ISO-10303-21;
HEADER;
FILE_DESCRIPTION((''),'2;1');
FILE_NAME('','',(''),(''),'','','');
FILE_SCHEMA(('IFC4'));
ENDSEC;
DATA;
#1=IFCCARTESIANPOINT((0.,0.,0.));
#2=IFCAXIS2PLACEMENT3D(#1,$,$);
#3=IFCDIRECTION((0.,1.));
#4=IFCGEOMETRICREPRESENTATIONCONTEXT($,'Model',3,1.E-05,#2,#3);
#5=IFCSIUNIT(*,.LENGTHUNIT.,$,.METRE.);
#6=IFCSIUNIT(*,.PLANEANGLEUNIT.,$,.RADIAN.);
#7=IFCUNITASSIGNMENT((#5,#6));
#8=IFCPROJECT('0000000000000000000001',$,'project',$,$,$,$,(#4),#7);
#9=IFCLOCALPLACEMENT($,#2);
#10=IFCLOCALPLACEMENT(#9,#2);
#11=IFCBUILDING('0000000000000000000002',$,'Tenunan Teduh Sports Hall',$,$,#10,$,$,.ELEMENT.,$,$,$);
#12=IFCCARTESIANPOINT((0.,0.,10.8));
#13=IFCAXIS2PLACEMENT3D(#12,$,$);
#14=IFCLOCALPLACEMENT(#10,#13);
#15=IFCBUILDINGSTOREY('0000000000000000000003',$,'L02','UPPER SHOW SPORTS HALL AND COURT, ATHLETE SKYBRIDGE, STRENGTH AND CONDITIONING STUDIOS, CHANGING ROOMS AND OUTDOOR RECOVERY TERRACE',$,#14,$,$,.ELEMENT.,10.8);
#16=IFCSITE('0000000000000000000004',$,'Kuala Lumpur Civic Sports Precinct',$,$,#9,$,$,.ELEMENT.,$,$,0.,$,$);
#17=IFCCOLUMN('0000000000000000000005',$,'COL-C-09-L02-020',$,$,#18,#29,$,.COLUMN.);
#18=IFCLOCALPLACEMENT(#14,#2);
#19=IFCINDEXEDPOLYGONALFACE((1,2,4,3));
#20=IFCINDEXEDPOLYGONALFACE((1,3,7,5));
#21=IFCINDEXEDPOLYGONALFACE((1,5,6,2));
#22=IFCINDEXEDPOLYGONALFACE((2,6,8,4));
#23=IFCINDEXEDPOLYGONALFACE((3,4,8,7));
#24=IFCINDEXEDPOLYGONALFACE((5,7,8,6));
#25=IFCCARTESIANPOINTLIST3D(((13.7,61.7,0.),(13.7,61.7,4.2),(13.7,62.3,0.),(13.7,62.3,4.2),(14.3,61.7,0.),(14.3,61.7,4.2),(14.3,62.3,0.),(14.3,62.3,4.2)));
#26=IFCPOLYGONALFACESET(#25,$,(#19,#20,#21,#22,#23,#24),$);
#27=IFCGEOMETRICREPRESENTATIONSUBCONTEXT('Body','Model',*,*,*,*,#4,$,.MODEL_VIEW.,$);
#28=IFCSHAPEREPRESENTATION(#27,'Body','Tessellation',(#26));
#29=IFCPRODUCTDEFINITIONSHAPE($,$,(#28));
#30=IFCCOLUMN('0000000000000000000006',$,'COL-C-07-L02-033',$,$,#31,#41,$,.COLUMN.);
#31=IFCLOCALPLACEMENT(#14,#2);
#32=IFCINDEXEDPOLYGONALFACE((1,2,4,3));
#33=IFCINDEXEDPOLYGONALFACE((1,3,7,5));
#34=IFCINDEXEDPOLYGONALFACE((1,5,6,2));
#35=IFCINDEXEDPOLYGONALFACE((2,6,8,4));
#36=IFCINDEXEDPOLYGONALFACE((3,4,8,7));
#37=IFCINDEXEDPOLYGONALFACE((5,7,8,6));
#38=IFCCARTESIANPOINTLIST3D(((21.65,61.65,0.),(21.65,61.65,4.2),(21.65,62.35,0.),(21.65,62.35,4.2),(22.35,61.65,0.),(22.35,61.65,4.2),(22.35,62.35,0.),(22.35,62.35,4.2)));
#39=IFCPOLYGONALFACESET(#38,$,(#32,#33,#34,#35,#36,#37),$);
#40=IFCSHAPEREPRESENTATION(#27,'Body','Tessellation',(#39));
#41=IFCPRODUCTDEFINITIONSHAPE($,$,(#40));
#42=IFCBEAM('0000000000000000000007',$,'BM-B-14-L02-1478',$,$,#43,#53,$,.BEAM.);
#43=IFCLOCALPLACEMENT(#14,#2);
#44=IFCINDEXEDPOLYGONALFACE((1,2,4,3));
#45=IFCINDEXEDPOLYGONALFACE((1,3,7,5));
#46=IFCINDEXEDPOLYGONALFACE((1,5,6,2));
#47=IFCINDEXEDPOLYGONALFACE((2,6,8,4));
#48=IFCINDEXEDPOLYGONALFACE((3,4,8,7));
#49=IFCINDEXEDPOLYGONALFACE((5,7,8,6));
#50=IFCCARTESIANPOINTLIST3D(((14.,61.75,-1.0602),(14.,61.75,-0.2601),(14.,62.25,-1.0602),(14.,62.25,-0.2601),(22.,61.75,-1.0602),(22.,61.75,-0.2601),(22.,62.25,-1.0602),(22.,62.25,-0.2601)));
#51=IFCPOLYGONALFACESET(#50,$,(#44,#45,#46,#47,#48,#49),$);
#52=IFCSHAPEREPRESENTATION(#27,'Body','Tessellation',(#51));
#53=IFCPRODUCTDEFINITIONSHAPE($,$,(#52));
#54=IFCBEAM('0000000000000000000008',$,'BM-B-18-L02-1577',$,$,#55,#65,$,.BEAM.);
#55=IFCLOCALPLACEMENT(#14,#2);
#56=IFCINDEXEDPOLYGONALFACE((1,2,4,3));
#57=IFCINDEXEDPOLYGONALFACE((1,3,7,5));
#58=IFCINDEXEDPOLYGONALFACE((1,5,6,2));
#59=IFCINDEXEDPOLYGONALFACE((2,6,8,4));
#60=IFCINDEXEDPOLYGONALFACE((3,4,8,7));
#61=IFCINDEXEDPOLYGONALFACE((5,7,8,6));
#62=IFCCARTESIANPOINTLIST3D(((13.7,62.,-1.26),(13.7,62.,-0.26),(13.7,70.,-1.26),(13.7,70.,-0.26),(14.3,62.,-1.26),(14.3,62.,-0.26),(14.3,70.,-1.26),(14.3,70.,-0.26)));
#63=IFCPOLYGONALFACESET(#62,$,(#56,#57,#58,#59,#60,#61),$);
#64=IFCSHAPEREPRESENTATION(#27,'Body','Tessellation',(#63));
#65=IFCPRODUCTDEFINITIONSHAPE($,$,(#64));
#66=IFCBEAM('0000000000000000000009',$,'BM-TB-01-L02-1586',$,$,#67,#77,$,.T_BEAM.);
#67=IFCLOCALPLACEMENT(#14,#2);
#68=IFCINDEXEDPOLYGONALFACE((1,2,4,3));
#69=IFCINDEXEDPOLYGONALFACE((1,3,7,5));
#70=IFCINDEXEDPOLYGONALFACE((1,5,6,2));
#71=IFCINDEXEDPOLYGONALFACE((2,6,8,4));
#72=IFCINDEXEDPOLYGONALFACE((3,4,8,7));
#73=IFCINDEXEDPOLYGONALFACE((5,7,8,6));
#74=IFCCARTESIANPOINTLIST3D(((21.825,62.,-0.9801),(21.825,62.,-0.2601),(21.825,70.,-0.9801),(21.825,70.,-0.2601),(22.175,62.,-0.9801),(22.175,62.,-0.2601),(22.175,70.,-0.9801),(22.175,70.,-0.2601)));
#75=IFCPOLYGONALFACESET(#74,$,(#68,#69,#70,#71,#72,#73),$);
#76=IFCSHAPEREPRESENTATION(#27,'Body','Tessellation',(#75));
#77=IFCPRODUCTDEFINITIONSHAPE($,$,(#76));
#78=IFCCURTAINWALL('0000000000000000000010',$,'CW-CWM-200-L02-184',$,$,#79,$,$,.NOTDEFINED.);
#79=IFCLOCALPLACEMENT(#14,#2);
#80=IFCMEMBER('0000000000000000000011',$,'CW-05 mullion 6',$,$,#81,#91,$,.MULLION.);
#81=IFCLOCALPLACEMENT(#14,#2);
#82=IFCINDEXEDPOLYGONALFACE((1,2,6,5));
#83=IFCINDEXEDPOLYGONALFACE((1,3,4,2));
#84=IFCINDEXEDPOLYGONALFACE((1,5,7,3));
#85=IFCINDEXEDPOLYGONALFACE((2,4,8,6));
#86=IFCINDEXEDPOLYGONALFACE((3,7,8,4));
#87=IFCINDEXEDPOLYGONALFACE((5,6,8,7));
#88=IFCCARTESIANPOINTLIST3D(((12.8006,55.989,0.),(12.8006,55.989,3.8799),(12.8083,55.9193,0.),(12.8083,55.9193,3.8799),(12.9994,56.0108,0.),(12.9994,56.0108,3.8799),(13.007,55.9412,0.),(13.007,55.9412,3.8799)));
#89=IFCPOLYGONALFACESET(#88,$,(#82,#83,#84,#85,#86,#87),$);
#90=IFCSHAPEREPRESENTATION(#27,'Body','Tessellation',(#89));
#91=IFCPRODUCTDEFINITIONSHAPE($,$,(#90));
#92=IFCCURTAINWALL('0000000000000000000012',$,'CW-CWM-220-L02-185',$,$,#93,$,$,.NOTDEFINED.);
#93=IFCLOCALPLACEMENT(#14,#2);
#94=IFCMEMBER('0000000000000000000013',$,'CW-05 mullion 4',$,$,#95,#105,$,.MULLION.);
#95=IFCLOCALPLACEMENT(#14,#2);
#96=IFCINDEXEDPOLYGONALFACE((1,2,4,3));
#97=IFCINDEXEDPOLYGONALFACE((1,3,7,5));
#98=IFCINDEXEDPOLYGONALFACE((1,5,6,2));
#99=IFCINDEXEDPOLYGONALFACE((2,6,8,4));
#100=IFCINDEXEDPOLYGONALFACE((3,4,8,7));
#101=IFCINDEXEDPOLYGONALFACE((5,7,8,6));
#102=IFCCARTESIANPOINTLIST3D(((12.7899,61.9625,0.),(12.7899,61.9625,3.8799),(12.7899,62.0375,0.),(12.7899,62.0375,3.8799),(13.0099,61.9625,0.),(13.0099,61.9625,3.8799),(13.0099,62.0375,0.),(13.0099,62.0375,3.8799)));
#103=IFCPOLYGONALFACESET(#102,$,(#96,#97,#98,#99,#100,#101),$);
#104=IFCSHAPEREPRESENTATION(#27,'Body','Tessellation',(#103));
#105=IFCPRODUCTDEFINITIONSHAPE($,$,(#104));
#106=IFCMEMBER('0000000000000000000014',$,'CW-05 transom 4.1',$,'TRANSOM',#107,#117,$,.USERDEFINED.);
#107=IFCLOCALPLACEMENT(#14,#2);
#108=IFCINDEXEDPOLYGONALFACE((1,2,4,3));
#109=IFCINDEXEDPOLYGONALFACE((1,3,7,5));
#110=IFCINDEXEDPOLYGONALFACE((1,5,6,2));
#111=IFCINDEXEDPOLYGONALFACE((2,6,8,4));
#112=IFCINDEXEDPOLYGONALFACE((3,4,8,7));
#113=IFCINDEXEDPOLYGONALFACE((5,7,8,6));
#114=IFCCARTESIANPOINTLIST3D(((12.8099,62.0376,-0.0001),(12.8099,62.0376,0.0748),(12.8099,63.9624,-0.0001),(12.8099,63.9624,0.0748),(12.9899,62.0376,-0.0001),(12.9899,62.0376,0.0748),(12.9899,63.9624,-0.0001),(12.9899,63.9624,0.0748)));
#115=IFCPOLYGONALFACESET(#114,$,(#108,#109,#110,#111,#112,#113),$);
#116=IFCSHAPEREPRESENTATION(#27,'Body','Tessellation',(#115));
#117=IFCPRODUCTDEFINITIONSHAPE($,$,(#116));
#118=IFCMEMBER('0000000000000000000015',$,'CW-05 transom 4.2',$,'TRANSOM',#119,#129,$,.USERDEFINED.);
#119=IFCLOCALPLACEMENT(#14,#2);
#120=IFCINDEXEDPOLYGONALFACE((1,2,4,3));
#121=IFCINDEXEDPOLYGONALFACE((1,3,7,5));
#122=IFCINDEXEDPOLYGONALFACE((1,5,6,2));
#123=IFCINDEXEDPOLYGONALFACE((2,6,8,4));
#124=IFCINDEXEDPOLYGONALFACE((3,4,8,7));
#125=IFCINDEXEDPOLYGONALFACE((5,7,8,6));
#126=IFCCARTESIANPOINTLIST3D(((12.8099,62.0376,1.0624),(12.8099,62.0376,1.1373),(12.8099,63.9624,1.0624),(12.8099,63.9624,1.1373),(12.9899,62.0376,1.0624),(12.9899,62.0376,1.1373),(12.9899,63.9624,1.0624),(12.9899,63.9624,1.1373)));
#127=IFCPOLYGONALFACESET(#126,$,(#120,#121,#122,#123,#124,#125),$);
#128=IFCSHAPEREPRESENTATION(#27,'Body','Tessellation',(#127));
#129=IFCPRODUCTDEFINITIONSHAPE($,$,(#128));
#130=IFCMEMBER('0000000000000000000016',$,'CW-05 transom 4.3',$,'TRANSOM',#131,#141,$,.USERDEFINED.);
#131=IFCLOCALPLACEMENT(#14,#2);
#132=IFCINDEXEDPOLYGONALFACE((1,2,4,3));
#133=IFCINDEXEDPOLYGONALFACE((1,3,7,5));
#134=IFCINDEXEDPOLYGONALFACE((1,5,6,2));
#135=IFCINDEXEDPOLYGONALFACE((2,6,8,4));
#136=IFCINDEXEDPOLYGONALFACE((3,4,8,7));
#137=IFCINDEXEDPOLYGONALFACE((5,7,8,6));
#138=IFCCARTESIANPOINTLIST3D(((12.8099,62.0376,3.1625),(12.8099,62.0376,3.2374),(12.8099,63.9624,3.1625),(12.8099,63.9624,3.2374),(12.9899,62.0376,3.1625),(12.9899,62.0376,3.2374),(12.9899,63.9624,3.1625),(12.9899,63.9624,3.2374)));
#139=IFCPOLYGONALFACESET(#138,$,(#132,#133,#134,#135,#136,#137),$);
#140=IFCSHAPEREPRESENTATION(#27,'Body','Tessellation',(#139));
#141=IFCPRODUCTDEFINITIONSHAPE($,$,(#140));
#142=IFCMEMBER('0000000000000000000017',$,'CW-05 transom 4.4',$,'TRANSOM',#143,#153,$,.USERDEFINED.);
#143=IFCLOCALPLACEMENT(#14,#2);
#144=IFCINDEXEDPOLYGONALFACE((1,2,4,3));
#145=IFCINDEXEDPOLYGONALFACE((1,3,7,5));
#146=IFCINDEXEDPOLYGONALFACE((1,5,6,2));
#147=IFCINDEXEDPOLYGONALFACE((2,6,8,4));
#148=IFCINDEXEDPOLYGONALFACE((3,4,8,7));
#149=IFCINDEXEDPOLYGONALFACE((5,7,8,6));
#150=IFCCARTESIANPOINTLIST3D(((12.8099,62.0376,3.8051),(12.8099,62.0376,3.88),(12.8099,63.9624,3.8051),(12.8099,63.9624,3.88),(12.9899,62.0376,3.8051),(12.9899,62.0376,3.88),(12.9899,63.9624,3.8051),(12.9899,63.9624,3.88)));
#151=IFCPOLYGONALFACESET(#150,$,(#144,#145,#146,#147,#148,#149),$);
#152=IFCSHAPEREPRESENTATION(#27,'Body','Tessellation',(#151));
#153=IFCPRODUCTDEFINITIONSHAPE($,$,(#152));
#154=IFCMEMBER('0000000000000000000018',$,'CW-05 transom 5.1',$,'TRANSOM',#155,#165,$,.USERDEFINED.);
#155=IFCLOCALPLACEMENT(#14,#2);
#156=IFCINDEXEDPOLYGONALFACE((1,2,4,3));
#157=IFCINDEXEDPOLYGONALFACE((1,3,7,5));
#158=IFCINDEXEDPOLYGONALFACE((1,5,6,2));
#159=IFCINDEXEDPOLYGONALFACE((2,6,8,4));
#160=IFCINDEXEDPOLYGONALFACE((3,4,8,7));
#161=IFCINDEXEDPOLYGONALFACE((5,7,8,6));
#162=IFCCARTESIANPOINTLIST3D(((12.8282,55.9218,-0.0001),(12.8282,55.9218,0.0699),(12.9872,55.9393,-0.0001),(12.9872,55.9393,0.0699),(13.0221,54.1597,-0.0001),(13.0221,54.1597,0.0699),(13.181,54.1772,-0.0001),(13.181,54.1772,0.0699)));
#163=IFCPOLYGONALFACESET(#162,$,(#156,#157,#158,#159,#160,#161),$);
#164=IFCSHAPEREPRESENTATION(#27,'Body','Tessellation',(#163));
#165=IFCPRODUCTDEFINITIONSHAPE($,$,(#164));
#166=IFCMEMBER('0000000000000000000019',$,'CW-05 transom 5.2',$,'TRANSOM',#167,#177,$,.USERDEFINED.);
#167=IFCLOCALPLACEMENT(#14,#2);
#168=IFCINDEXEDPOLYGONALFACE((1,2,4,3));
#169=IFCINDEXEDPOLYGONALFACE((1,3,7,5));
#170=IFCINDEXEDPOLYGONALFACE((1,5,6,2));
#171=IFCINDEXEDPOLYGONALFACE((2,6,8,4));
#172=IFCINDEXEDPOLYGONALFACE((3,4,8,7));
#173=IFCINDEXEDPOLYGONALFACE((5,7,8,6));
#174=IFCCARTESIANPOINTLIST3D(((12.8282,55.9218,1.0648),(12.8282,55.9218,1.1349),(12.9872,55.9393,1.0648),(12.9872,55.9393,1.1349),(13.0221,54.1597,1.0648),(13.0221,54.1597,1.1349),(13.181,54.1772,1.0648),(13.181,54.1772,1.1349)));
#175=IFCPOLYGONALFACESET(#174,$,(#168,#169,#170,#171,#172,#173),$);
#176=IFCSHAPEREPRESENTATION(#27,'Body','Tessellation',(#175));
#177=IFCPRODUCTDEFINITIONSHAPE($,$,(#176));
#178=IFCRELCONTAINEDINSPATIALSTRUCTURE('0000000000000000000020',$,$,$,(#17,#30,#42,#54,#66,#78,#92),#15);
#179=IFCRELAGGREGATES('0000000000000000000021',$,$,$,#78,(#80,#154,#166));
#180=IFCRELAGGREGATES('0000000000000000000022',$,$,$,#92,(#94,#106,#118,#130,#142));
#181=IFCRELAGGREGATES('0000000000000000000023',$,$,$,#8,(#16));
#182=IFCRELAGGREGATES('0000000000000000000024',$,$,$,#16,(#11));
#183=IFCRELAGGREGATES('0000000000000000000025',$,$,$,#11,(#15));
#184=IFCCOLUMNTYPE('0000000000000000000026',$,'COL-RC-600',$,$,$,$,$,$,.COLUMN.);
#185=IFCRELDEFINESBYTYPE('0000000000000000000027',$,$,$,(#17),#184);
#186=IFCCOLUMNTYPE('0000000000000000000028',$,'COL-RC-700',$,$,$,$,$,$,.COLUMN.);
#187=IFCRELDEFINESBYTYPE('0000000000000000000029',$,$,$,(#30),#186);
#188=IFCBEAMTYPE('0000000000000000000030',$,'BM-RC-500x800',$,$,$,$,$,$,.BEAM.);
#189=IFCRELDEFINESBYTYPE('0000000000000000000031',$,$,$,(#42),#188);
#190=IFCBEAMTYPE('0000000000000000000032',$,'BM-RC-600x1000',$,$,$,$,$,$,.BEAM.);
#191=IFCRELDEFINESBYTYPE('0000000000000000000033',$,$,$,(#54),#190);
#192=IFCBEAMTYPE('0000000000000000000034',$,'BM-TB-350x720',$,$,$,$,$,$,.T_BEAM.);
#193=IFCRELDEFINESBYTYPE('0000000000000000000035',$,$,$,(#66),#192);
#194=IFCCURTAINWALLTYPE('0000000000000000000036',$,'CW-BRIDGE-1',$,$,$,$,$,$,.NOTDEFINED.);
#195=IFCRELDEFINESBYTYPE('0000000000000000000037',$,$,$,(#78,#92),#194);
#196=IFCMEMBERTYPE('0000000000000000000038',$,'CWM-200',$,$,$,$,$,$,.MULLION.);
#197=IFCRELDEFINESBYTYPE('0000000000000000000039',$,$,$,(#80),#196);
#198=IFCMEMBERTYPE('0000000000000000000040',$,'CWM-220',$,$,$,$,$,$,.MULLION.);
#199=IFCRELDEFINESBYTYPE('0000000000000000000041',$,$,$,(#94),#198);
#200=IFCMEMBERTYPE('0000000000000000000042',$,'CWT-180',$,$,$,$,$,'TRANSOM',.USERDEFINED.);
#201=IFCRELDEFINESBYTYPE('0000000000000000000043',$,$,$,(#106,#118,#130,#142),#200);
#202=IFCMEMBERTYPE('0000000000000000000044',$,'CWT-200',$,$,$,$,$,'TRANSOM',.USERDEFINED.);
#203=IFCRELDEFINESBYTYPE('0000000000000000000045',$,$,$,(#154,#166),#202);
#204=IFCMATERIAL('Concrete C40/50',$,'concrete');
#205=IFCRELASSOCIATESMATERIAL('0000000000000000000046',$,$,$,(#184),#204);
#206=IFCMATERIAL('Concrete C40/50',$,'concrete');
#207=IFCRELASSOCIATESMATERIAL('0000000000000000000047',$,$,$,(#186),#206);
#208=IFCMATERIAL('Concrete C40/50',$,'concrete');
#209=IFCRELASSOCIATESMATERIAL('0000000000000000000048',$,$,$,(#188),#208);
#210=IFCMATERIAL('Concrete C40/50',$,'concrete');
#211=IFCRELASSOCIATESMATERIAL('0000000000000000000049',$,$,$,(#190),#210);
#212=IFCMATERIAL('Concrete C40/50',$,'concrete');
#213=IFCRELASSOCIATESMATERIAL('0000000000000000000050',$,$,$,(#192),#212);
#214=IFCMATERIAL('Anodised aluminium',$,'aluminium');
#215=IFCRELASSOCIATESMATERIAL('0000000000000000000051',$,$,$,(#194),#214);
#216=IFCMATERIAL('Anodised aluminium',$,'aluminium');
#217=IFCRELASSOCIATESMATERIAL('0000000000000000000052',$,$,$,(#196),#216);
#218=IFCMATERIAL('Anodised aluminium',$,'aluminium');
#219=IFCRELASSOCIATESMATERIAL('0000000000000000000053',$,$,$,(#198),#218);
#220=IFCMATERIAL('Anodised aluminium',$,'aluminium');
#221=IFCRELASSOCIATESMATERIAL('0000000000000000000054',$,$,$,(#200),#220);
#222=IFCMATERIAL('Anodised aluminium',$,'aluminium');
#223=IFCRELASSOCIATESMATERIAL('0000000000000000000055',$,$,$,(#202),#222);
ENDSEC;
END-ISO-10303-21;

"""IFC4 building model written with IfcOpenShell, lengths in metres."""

from ifc_helpers import new_model, si_unit, direction, frame, origin, origin_2d, place, context, subcontext, project, spatial, rectangle, extrude, material, material_profile, profile_set, type_object, element, aggregate, save


model = new_model("IFC4")

# Units and contexts
model_context = context("Model", 3, precision=1e-05, world=origin(), true_north=direction((0.0, 1.0)))
body_context = subcontext(model_context, "Body", "Model", "MODEL_VIEW")
ifc_project = project(units=[si_unit("LENGTHUNIT", "METRE"), si_unit("PLANEANGLEUNIT", "RADIAN")], contexts=[model_context])

# Site, building, storey
site_placement = place(None, origin())
site = spatial("IfcSite", under=ifc_project, at=site_placement, Name="Kuala Lumpur Civic Sports Precinct", CompositionType="ELEMENT", RefElevation=0.0)
building_placement = place(site_placement, origin())
building = spatial("IfcBuilding", under=site, at=building_placement, Name="Tenunan Teduh Sports Hall", CompositionType="ELEMENT")
storey_placement = place(building_placement, frame((0.0, 0.0, 10.8)))
storey = spatial("IfcBuildingStorey", under=building, at=storey_placement, Name="L02", Description="UPPER SHOW SPORTS HALL AND COURT, ATHLETE SKYBRIDGE, STRENGTH AND CONDITIONING STUDIOS, CHANGING ROOMS AND OUTDOOR RECOVERY TERRACE", CompositionType="ELEMENT", Elevation=10.8)

# Columns
ifc_material_1 = material(Name="Concrete C40/50", Category="concrete")
ifc_material_profile_1 = material_profile(ifc_material_1, rectangle(XDim=0.6001, YDim=0.6001, at=origin_2d()), Name="RC 600x600")
ifc_profile_set_1 = profile_set([ifc_material_profile_1], Name="Concrete C40/50")
column_type_1 = type_object("IfcColumnType", Name="COL-RC-600", PredefinedType="COLUMN", material=ifc_profile_set_1)
column_1_placement = place(storey_placement, frame((14.0, 62.0, 0.0), z_axis=(0.0, 0.0, 1.0), x_axis=(1.0, 0.0, 0.0)))
element("IfcColumn", 1, at=column_1_placement, inside=storey, type_object=column_type_1, Name="COL-C-09-L02-020", PredefinedType="COLUMN", context=body_context, shape_type="SweptSolid", body=[
    extrude(rectangle(XDim=0.6001, YDim=0.6001, at=origin_2d()), origin(), (0.0, 0.0, 1.0), 4.2),
])
ifc_material_2 = material(Name="Concrete C40/50", Category="concrete")
ifc_material_profile_2 = material_profile(ifc_material_2, rectangle(XDim=0.7, YDim=0.7, at=origin_2d()), Name="RC 700x700")
ifc_profile_set_2 = profile_set([ifc_material_profile_2], Name="Concrete C40/50")
column_type_2 = type_object("IfcColumnType", Name="COL-RC-700", PredefinedType="COLUMN", material=ifc_profile_set_2)
column_2_placement = place(storey_placement, frame((22.0, 62.0, 0.0), z_axis=(0.0, 0.0, 1.0), x_axis=(1.0, 0.0, 0.0)))
element("IfcColumn", 2, at=column_2_placement, inside=storey, type_object=column_type_2, Name="COL-C-07-L02-033", PredefinedType="COLUMN", context=body_context, shape_type="SweptSolid", body=[
    extrude(rectangle(XDim=0.7, YDim=0.7, at=origin_2d()), origin(), (0.0, 0.0, 1.0), 4.2),
])

# Beams
ifc_material_3 = material(Name="Concrete C40/50", Category="concrete")
ifc_material_profile_3 = material_profile(ifc_material_3, rectangle(XDim=0.5, YDim=0.8, at=origin_2d()), Name="RCB 500x800")
ifc_profile_set_3 = profile_set([ifc_material_profile_3], Name="Concrete C40/50")
beam_type_1 = type_object("IfcBeamType", Name="BM-RC-500x800", PredefinedType="BEAM", material=ifc_profile_set_3)
beam_1_placement = place(storey_placement, frame((14.0, 62.0, -0.6602), z_axis=(1.0, 0.0, 0.0), x_axis=(0.0, 1.0, 0.0)))
element("IfcBeam", 3, at=beam_1_placement, inside=storey, type_object=beam_type_1, Name="BM-B-14-L02-1478", PredefinedType="BEAM", context=body_context, shape_type="SweptSolid", body=[
    extrude(rectangle(XDim=0.5, YDim=0.8, at=origin_2d()), origin(), (0.0, 0.0, 1.0), 8.0),
])
ifc_material_4 = material(Name="Concrete C40/50", Category="concrete")
ifc_material_profile_4 = material_profile(ifc_material_4, rectangle(XDim=0.6001, YDim=1.0, at=origin_2d()), Name="RCB 600x1000")
ifc_profile_set_4 = profile_set([ifc_material_profile_4], Name="Concrete C40/50")
beam_type_2 = type_object("IfcBeamType", Name="BM-RC-600x1000", PredefinedType="BEAM", material=ifc_profile_set_4)
beam_2_placement = place(storey_placement, frame((14.0, 62.0, -0.76), z_axis=(0.0, 1.0, 0.0), x_axis=(-1.0, 0.0, 0.0)))
element("IfcBeam", 4, at=beam_2_placement, inside=storey, type_object=beam_type_2, Name="BM-B-18-L02-1577", PredefinedType="BEAM", context=body_context, shape_type="SweptSolid", body=[
    extrude(rectangle(XDim=0.6001, YDim=1.0, at=origin_2d()), origin(), (0.0, 0.0, 1.0), 8.0),
])
ifc_material_5 = material(Name="Concrete C40/50", Category="concrete")
ifc_material_profile_5 = material_profile(ifc_material_5, rectangle(XDim=0.3501, YDim=0.72, at=origin_2d()), Name="TB 350x720")
ifc_profile_set_5 = profile_set([ifc_material_profile_5], Name="Concrete C40/50")
beam_type_3 = type_object("IfcBeamType", Name="BM-TB-350x720", PredefinedType="T_BEAM", material=ifc_profile_set_5)
beam_3_placement = place(storey_placement, frame((22.0, 62.0, -0.6201), z_axis=(0.0, 1.0, 0.0), x_axis=(-1.0, 0.0, 0.0)))
element("IfcBeam", 5, at=beam_3_placement, inside=storey, type_object=beam_type_3, Name="BM-TB-01-L02-1586", PredefinedType="T_BEAM", context=body_context, shape_type="SweptSolid", body=[
    extrude(rectangle(XDim=0.3501, YDim=0.72, at=origin_2d()), origin(), (0.0, 0.0, 1.0), 8.0),
])

# Curtain wall, member
ifc_material_6 = material(Name="Anodised aluminium", Category="aluminium")
curtain_wall_type = type_object("IfcCurtainWallType", Name="CW-BRIDGE-1", PredefinedType="NOTDEFINED", material=ifc_material_6)
curtain_wall_1_placement = place(storey_placement, origin())
curtain_wall_1 = element("IfcCurtainWall", 6, at=curtain_wall_1_placement, inside=storey, type_object=curtain_wall_type, Name="CW-CWM-200-L02-184", PredefinedType="NOTDEFINED")
ifc_material_7 = material(Name="Anodised aluminium", Category="aluminium")
ifc_material_profile_6 = material_profile(ifc_material_7, rectangle(XDim=0.0701, YDim=0.2, at=origin_2d()), Name="CWM 70x200")
ifc_profile_set_6 = profile_set([ifc_material_profile_6], Name="Anodised aluminium")
member_type_1 = type_object("IfcMemberType", Name="CWM-200", PredefinedType="MULLION", material=ifc_profile_set_6)
member_1_placement = place(storey_placement, frame((12.9038, 55.9651, 0.0), z_axis=(0.0, 0.0, 1.0), x_axis=(-0.109339, 0.994005, 0.0)))
member_1 = element("IfcMember", 7, at=member_1_placement, type_object=member_type_1, Name="CW-05 mullion 6", PredefinedType="MULLION", context=body_context, shape_type="SweptSolid", body=[
    extrude(rectangle(XDim=0.0701, YDim=0.2, at=origin_2d()), origin(), (0.0, 0.0, 1.0), 3.8799),
])

# Curtain wall, members
curtain_wall_2_placement = place(storey_placement, origin())
curtain_wall_2 = element("IfcCurtainWall", 8, at=curtain_wall_2_placement, inside=storey, type_object=curtain_wall_type, Name="CW-CWM-220-L02-185", PredefinedType="NOTDEFINED")
ifc_material_8 = material(Name="Anodised aluminium", Category="aluminium")
ifc_material_profile_7 = material_profile(ifc_material_8, rectangle(XDim=0.075, YDim=0.22, at=origin_2d()), Name="CWM 75x220")
ifc_profile_set_7 = profile_set([ifc_material_profile_7], Name="Anodised aluminium")
member_type_2 = type_object("IfcMemberType", Name="CWM-220", PredefinedType="MULLION", material=ifc_profile_set_7)
member_2_placement = place(storey_placement, frame((12.8999, 62.0, 0.0), z_axis=(0.0, 0.0, 1.0), x_axis=(0.0, 1.0, 0.0)))
member_2 = element("IfcMember", 9, at=member_2_placement, type_object=member_type_2, Name="CW-05 mullion 4", PredefinedType="MULLION", context=body_context, shape_type="SweptSolid", body=[
    extrude(rectangle(XDim=0.075, YDim=0.22, at=origin_2d()), origin(), (0.0, 0.0, 1.0), 3.8799),
])
ifc_material_9 = material(Name="Anodised aluminium", Category="aluminium")
ifc_material_profile_8 = material_profile(ifc_material_9, rectangle(XDim=0.075, YDim=0.1799, at=origin_2d()), Name="CWT 75x180")
ifc_profile_set_8 = profile_set([ifc_material_profile_8], Name="Anodised aluminium")
member_type_3 = type_object("IfcMemberType", Name="CWT-180", ElementType="TRANSOM", PredefinedType="USERDEFINED", material=ifc_profile_set_8)
member_3_placement = place(storey_placement, frame((12.8999, 62.0376, 0.0374), z_axis=(0.0, 1.0, 0.0), x_axis=(0.0, 0.0, 1.0)))
member_3 = element("IfcMember", 10, at=member_3_placement, type_object=member_type_3, Name="CW-05 transom 4.1", ObjectType="TRANSOM", PredefinedType="USERDEFINED", context=body_context, shape_type="SweptSolid", body=[
    extrude(rectangle(XDim=0.075, YDim=0.1799, at=origin_2d()), origin(), (0.0, 0.0, 1.0), 1.9248),
])
member_4_placement = place(storey_placement, frame((12.8999, 62.0376, 1.0999), z_axis=(0.0, 1.0, 0.0), x_axis=(0.0, 0.0, 1.0)))
member_4 = element("IfcMember", 11, at=member_4_placement, type_object=member_type_3, Name="CW-05 transom 4.2", ObjectType="TRANSOM", PredefinedType="USERDEFINED", context=body_context, shape_type="SweptSolid", body=[
    extrude(rectangle(XDim=0.075, YDim=0.1799, at=origin_2d()), origin(), (0.0, 0.0, 1.0), 1.9248),
])
member_5_placement = place(storey_placement, frame((12.8999, 62.0376, 3.2), z_axis=(0.0, 1.0, 0.0), x_axis=(0.0, 0.0, 1.0)))
member_5 = element("IfcMember", 12, at=member_5_placement, type_object=member_type_3, Name="CW-05 transom 4.3", ObjectType="TRANSOM", PredefinedType="USERDEFINED", context=body_context, shape_type="SweptSolid", body=[
    extrude(rectangle(XDim=0.075, YDim=0.1799, at=origin_2d()), origin(), (0.0, 0.0, 1.0), 1.9248),
])
member_6_placement = place(storey_placement, frame((12.8999, 62.0376, 3.8425), z_axis=(0.0, 1.0, 0.0), x_axis=(0.0, 0.0, 1.0)))
member_6 = element("IfcMember", 13, at=member_6_placement, type_object=member_type_3, Name="CW-05 transom 4.4", ObjectType="TRANSOM", PredefinedType="USERDEFINED", context=body_context, shape_type="SweptSolid", body=[
    extrude(rectangle(XDim=0.075, YDim=0.1799, at=origin_2d()), origin(), (0.0, 0.0, 1.0), 1.9248),
])

# Members
ifc_material_10 = material(Name="Anodised aluminium", Category="aluminium")
ifc_material_profile_9 = material_profile(ifc_material_10, rectangle(XDim=0.0701, YDim=0.1599, at=origin_2d()), Name="CWT 70x160")
ifc_profile_set_9 = profile_set([ifc_material_profile_9], Name="Anodised aluminium")
member_type_4 = type_object("IfcMemberType", Name="CWT-200", ElementType="TRANSOM", PredefinedType="USERDEFINED", material=ifc_profile_set_9)
member_7_placement = place(storey_placement, frame((13.1016, 54.1685, 0.0349), z_axis=(-0.109358, 0.994002, 0.0), x_axis=(0.0, 0.0, 1.0)))
member_7 = element("IfcMember", 14, at=member_7_placement, type_object=member_type_4, Name="CW-05 transom 5.1", ObjectType="TRANSOM", PredefinedType="USERDEFINED", context=body_context, shape_type="SweptSolid", body=[
    extrude(rectangle(XDim=0.0701, YDim=0.1599, at=origin_2d()), origin(), (0.0, 0.0, 1.0), 1.7727),
])
member_8_placement = place(storey_placement, frame((13.1016, 54.1685, 1.0999), z_axis=(-0.109358, 0.994002, 0.0), x_axis=(0.0, 0.0, 1.0)))
member_8 = element("IfcMember", 15, at=member_8_placement, type_object=member_type_4, Name="CW-05 transom 5.2", ObjectType="TRANSOM", PredefinedType="USERDEFINED", context=body_context, shape_type="SweptSolid", body=[
    extrude(rectangle(XDim=0.0701, YDim=0.1599, at=origin_2d()), origin(), (0.0, 0.0, 1.0), 1.7727),
])

aggregate(curtain_wall_1, [member_1, member_7, member_8])
aggregate(curtain_wall_2, [member_2, member_3, member_4, member_5, member_6])

save(model, "model.ifc")
